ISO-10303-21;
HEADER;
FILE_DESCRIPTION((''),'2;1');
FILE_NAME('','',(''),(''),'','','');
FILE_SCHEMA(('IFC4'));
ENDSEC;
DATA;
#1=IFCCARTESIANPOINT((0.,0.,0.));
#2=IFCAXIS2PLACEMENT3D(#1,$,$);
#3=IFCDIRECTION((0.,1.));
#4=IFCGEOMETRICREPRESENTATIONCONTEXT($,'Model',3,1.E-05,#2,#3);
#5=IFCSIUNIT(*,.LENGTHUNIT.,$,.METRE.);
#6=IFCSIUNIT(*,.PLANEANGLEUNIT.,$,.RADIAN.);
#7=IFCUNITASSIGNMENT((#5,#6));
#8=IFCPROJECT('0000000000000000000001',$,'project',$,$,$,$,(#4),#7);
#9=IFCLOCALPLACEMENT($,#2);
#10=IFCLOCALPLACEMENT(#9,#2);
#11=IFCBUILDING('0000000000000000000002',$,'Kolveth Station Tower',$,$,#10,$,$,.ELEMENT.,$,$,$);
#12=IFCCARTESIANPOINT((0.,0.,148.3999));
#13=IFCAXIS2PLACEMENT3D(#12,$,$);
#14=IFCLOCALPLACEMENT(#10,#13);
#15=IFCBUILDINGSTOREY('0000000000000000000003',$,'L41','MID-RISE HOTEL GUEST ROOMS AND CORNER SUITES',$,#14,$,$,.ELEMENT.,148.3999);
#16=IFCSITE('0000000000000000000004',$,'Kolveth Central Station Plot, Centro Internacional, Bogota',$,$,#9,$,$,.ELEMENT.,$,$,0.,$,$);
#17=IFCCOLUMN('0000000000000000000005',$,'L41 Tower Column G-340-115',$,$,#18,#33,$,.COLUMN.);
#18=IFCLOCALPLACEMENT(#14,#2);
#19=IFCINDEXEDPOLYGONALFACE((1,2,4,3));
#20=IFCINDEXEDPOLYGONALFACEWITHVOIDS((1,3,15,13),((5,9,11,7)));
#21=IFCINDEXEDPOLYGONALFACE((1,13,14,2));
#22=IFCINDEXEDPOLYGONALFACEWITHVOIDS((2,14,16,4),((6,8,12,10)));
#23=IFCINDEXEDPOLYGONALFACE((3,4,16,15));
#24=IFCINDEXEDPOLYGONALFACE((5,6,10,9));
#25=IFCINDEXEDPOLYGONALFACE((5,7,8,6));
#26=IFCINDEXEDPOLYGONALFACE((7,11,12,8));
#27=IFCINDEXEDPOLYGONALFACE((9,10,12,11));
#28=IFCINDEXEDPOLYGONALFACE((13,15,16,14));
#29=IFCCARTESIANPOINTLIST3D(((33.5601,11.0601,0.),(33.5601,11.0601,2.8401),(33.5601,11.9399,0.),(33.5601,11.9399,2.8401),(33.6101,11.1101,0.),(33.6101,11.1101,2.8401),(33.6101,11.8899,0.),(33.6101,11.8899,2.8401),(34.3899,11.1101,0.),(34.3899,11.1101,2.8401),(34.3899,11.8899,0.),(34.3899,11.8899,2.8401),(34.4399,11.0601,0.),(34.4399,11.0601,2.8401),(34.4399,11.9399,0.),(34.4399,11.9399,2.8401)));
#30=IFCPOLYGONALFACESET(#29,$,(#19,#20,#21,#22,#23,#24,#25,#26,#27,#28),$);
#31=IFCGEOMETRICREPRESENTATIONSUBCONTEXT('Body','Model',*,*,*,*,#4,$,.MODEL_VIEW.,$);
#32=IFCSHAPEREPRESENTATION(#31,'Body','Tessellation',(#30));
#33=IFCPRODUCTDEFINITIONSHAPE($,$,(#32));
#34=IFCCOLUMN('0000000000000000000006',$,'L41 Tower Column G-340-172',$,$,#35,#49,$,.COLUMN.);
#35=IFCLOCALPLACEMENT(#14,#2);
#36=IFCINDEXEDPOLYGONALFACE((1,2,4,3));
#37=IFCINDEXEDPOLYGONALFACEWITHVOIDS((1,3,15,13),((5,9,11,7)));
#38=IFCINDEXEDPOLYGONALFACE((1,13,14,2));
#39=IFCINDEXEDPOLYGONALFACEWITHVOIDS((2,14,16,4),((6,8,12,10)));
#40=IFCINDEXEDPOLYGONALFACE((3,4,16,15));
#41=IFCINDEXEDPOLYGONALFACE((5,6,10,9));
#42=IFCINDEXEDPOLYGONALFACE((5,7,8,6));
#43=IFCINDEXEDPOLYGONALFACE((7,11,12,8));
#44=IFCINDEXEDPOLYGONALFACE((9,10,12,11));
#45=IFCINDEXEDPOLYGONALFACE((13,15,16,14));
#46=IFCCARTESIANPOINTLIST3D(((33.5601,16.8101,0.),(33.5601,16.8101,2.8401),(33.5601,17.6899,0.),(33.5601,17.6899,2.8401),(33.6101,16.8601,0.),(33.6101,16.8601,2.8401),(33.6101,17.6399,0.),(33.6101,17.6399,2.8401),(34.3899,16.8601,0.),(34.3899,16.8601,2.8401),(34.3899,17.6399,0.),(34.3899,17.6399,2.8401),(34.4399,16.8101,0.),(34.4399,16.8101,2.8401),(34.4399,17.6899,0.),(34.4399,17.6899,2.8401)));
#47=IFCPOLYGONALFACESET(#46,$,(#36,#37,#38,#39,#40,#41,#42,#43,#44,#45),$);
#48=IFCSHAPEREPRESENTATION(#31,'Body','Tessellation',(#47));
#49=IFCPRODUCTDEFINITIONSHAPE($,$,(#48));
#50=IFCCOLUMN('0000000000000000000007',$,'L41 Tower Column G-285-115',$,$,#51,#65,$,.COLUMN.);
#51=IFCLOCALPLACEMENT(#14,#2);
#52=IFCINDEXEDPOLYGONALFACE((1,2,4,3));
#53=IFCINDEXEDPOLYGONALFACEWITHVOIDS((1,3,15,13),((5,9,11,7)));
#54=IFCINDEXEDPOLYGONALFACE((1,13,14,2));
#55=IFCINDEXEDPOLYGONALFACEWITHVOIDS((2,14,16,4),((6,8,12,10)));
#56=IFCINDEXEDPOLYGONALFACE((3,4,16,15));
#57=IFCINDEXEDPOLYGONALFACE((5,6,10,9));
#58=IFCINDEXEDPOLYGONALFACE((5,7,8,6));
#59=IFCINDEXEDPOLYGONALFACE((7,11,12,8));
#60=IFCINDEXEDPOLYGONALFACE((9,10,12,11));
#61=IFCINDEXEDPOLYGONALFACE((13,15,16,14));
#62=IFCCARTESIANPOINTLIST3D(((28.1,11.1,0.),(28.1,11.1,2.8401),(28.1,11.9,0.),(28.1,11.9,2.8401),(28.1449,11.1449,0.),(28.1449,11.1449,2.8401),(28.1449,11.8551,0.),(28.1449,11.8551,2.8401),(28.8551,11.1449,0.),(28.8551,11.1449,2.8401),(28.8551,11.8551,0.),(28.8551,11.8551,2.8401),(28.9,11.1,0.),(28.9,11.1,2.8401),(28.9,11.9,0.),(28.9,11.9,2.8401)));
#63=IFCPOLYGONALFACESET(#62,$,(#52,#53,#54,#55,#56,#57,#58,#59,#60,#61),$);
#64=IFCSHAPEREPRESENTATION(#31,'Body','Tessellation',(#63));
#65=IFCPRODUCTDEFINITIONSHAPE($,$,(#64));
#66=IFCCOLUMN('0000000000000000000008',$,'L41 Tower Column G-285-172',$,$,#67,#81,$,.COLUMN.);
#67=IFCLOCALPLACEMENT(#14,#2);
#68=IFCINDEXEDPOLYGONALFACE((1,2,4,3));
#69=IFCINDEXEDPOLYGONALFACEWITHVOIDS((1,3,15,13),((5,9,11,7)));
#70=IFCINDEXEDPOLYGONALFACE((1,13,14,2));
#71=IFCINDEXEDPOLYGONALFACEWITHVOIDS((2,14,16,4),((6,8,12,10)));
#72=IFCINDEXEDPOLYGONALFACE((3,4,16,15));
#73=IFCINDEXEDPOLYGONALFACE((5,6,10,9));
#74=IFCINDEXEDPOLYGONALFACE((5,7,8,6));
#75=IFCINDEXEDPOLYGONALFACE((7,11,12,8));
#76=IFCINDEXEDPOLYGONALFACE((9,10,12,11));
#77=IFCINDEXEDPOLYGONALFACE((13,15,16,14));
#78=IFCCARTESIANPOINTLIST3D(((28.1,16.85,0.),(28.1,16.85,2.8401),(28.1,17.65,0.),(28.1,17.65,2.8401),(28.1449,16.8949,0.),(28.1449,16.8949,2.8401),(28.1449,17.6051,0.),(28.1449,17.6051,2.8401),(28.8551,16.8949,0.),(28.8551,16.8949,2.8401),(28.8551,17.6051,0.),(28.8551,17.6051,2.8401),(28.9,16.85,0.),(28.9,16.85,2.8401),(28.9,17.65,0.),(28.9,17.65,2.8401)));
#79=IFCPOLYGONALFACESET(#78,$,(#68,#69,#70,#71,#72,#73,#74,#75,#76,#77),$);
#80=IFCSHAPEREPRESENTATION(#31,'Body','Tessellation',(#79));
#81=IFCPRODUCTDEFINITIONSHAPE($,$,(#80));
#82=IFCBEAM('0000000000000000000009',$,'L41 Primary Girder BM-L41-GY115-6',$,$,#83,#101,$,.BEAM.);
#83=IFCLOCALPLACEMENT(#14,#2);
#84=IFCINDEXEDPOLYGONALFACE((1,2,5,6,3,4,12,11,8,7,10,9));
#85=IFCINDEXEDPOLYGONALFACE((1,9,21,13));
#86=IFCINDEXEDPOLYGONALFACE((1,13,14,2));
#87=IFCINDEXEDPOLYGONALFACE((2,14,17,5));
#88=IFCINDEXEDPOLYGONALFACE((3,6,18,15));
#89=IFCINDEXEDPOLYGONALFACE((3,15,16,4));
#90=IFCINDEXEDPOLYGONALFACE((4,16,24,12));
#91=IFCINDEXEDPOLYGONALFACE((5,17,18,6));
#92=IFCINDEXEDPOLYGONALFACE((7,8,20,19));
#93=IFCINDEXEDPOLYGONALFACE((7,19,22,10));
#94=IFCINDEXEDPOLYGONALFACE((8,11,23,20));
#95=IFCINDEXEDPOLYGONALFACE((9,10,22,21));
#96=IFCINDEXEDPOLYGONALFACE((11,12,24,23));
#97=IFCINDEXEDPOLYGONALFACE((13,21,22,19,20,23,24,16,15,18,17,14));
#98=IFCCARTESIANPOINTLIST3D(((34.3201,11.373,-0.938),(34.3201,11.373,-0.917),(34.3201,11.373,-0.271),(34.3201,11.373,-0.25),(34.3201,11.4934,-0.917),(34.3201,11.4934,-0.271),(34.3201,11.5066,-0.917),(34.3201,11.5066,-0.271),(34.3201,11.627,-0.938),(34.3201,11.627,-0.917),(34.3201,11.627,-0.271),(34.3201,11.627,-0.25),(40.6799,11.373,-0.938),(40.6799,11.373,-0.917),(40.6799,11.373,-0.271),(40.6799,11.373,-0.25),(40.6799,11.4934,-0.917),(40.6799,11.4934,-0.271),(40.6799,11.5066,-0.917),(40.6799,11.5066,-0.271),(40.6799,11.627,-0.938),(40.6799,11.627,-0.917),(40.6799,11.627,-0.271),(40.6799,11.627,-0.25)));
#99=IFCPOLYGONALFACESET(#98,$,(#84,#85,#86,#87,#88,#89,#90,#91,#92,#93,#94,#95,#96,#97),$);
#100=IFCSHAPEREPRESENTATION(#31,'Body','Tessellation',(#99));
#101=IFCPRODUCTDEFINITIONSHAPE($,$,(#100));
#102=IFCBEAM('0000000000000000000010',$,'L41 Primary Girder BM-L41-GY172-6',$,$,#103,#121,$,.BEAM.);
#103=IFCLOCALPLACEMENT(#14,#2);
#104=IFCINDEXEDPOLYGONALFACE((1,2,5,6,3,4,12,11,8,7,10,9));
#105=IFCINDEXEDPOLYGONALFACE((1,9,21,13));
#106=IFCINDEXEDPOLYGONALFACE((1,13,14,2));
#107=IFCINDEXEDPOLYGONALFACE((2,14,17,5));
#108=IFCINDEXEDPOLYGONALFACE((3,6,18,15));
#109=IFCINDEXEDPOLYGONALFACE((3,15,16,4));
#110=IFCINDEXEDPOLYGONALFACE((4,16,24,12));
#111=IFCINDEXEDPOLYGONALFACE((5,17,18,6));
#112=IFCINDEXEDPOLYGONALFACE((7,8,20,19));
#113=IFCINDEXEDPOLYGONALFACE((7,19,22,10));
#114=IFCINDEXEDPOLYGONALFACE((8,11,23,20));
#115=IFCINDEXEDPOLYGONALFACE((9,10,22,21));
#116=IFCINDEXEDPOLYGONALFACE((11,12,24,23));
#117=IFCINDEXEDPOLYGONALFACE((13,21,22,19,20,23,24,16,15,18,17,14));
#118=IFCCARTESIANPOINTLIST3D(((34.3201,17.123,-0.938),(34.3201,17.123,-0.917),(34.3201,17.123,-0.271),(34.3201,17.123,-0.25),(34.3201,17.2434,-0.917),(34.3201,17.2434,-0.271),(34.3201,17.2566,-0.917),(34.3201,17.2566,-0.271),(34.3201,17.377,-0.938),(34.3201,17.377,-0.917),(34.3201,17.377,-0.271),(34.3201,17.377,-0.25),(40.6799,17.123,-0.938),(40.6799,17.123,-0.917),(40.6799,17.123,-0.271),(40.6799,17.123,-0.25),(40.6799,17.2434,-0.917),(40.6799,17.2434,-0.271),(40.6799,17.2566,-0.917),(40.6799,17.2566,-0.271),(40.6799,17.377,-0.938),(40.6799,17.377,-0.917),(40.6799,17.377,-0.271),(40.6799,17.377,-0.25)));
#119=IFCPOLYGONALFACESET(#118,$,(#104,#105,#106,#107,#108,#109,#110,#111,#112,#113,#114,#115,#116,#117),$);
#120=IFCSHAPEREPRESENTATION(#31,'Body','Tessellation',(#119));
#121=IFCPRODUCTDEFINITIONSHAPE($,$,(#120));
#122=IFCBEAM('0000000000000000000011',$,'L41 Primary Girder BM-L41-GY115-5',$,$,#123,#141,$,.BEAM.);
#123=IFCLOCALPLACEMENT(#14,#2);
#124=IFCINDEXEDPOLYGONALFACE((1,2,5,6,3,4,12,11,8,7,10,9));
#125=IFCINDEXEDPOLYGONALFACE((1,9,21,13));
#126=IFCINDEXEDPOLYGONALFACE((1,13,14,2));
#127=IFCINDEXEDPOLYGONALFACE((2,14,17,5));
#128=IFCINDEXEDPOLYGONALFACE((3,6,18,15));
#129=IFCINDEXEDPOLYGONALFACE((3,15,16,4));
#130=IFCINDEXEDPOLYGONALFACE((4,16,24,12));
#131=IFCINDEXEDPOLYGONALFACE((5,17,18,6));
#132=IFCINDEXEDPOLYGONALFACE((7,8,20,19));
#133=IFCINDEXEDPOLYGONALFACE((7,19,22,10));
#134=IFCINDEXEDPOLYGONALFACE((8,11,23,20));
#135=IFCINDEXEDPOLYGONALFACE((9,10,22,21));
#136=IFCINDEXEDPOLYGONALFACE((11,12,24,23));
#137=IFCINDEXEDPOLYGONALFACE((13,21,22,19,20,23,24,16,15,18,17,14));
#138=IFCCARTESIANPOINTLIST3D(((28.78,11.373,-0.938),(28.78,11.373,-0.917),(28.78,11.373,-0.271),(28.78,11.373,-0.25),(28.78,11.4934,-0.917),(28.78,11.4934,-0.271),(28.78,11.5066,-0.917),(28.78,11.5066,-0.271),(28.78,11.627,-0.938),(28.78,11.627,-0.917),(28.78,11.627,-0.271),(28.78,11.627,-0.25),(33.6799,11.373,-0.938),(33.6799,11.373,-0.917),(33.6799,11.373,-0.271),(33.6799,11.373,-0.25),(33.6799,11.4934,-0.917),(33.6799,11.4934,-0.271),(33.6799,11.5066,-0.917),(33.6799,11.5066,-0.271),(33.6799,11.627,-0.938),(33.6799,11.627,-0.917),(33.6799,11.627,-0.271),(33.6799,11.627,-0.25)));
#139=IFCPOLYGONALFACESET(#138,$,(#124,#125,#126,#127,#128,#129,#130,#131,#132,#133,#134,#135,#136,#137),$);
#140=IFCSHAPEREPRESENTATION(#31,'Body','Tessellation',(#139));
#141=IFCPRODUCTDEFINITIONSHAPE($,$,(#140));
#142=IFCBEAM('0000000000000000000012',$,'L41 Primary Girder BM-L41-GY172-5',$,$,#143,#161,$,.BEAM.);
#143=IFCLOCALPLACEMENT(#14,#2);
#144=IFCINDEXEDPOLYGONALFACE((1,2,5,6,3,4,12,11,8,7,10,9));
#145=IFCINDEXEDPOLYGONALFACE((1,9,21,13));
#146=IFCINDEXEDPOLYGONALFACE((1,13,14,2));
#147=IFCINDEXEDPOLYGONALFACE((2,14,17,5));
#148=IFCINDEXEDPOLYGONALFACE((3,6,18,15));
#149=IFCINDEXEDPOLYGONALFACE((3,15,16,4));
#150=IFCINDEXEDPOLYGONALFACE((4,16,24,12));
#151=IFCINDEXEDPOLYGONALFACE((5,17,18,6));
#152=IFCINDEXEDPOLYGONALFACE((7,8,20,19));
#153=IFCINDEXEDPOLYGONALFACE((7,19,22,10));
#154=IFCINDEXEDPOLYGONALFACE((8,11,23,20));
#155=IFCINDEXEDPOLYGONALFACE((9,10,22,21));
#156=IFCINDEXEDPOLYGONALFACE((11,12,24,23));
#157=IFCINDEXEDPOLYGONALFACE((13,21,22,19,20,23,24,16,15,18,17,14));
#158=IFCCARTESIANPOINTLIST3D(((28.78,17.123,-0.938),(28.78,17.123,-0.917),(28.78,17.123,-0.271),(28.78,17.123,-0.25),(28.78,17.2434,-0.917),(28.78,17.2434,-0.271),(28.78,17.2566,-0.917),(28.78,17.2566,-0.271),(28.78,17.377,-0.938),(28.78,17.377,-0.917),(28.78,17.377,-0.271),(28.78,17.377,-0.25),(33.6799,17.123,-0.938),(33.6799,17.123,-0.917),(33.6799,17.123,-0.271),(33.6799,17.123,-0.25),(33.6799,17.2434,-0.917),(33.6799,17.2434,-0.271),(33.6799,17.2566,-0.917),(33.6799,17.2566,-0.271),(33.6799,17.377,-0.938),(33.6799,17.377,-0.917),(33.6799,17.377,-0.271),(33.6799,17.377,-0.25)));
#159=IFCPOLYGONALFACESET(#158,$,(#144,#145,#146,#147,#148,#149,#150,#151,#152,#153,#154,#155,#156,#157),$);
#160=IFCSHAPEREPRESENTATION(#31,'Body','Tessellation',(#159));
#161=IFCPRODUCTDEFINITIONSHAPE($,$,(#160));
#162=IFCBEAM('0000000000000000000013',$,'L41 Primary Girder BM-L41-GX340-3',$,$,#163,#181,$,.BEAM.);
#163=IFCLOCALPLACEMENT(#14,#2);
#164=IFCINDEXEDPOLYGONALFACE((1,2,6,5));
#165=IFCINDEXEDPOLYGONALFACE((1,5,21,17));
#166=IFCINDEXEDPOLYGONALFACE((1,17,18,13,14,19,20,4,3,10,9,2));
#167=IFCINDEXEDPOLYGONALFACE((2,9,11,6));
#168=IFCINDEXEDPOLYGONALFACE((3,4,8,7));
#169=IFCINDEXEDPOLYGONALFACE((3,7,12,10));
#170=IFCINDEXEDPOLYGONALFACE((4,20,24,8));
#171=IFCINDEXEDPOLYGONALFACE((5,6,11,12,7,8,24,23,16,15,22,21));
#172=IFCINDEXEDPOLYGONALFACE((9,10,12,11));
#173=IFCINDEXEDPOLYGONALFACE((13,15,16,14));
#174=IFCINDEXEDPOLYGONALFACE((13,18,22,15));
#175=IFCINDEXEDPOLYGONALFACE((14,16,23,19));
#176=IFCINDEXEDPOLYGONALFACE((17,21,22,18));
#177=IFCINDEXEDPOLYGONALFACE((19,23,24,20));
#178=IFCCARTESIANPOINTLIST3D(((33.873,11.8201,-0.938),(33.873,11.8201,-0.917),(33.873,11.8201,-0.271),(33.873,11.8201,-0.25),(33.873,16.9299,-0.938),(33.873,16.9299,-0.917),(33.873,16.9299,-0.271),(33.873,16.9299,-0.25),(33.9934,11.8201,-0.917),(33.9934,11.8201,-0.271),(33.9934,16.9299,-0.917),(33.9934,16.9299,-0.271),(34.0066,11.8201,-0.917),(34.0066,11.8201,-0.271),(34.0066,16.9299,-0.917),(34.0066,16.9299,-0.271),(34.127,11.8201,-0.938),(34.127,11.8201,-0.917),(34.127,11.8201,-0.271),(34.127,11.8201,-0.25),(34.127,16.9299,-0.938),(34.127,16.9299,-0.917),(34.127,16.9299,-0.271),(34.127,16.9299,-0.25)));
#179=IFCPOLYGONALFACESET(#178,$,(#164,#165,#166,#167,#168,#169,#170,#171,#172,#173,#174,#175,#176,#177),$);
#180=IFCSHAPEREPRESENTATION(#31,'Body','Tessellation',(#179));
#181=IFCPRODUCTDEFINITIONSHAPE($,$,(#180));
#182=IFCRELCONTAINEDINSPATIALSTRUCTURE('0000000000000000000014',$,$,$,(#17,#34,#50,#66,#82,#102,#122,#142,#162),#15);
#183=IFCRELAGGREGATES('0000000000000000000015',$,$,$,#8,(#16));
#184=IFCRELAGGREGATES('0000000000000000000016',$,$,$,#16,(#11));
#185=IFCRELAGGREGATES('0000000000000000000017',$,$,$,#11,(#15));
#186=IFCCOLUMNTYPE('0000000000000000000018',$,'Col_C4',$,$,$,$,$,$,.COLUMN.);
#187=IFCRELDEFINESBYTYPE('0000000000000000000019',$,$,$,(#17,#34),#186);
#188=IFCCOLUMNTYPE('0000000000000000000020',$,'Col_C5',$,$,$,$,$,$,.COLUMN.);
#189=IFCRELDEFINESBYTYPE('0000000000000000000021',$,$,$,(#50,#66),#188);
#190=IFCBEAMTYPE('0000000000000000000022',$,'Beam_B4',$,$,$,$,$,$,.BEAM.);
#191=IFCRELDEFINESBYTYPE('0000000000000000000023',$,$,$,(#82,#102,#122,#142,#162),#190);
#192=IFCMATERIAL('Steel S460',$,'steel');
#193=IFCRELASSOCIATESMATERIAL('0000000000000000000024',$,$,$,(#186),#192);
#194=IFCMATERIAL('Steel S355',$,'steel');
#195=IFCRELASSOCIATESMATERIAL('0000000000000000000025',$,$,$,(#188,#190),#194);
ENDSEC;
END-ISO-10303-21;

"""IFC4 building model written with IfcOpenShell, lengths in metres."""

from ifc_helpers import new_model, si_unit, direction, frame, origin, origin_2d, place, context, subcontext, project, spatial, hollow_rectangle, i_section, extrude, source, transform, mapped, material, material_profile, profile_set, type_object, element, save


model = new_model("IFC4")

# Units and contexts
model_context = context("Model", 3, precision=1e-05, world=origin(), true_north=direction((0.0, 1.0)))
body_context = subcontext(model_context, "Body", "Model", "MODEL_VIEW")
ifc_project = project(units=[si_unit("LENGTHUNIT", "METRE"), si_unit("PLANEANGLEUNIT", "RADIAN")], contexts=[model_context])

# Site, building, storey
site_placement = place(None, origin())
site = spatial("IfcSite", under=ifc_project, at=site_placement, Name="Kolveth Central Station Plot, Centro Internacional, Bogota", CompositionType="ELEMENT", RefElevation=0.0)
building_placement = place(site_placement, origin())
building = spatial("IfcBuilding", under=site, at=building_placement, Name="Kolveth Station Tower", CompositionType="ELEMENT")
storey_placement = place(building_placement, frame((0.0, 0.0, 148.3999)))
storey = spatial("IfcBuildingStorey", under=building, at=storey_placement, Name="L41", Description="MID-RISE HOTEL GUEST ROOMS AND CORNER SUITES", CompositionType="ELEMENT", Elevation=148.3999)

# Columns
ifc_material_1 = material(Name="Steel S460", Category="steel")
ifc_material_profile_1 = material_profile(ifc_material_1, hollow_rectangle(XDim=0.8799, YDim=0.8799, WallThickness=0.05, at=origin_2d()), Name="BOX880x880x50")
ifc_profile_set_1 = profile_set([ifc_material_profile_1], Name="Steel S460")
column_type_1 = type_object("IfcColumnType", Name="Col_C4", PredefinedType="COLUMN", material=ifc_profile_set_1)
shared_shape_1 = source(origin(), body_context, "Body", "SweptSolid", [
    extrude(hollow_rectangle(XDim=0.8799, YDim=0.8799, WallThickness=0.05, at=origin_2d()), origin(), (0.0, 0.0, 1.0), 2.8401),
])
for number, where, z_axis, x_axis, name in (
    (1, (34.0, 11.5, 0.0), (0.0, 0.0, 1.0), (1.0, 0.0, 0.0), "L41 Tower Column G-340-115"),
    (2, (34.0, 17.25, 0.0), (0.0, 0.0, 1.0), (1.0, 0.0, 0.0), "L41 Tower Column G-340-172"),
):
    element("IfcColumn", number, at=place(storey_placement, frame(where, z_axis=z_axis, x_axis=x_axis)), inside=storey, type_object=column_type_1, Name=name, PredefinedType="COLUMN", context=body_context, shape_type="MappedRepresentation", body=[
        mapped(shared_shape_1, transform((0.0, 0.0, 0.0), x_axis=(1.0, 0.0, 0.0), y_axis=(0.0, 1.0, 0.0), z_axis=(0.0, 0.0, 1.0), scale=1.0)),
    ])
ifc_material_2 = material(Name="Steel S355", Category="steel")
ifc_material_profile_2 = material_profile(ifc_material_2, hollow_rectangle(XDim=0.8, YDim=0.8, WallThickness=0.0449, at=origin_2d()), Name="BOX800x800x45")
ifc_profile_set_2 = profile_set([ifc_material_profile_2], Name="Steel S355")
column_type_2 = type_object("IfcColumnType", Name="Col_C5", PredefinedType="COLUMN", material=ifc_profile_set_2)
shared_shape_2 = source(origin(), body_context, "Body", "SweptSolid", [
    extrude(hollow_rectangle(XDim=0.8, YDim=0.8, WallThickness=0.0449, at=origin_2d()), origin(), (0.0, 0.0, 1.0), 2.8401),
])
for number, where, z_axis, x_axis, name in (
    (3, (28.5, 11.5, 0.0), (0.0, 0.0, 1.0), (1.0, 0.0, 0.0), "L41 Tower Column G-285-115"),
    (4, (28.5, 17.25, 0.0), (0.0, 0.0, 1.0), (1.0, 0.0, 0.0), "L41 Tower Column G-285-172"),
):
    element("IfcColumn", number, at=place(storey_placement, frame(where, z_axis=z_axis, x_axis=x_axis)), inside=storey, type_object=column_type_2, Name=name, PredefinedType="COLUMN", context=body_context, shape_type="MappedRepresentation", body=[
        mapped(shared_shape_2, transform((0.0, 0.0, 0.0), x_axis=(1.0, 0.0, 0.0), y_axis=(0.0, 1.0, 0.0), z_axis=(0.0, 0.0, 1.0), scale=1.0)),
    ])

# Beams
ifc_material_profile_3 = material_profile(ifc_material_2, i_section(OverallWidth=0.2539, OverallDepth=0.688, WebThickness=0.0132, FlangeThickness=0.021, at=origin_2d()), Name="W690x152")
ifc_profile_set_3 = profile_set([ifc_material_profile_3], Name="Steel S355")
beam_type_1 = type_object("IfcBeamType", Name="Beam_B4", PredefinedType="BEAM", material=ifc_profile_set_3)
shared_shape_3 = source(origin(), body_context, "Body", "SweptSolid", [
    extrude(i_section(OverallWidth=0.2539, OverallDepth=0.688, WebThickness=0.0132, FlangeThickness=0.021, at=origin_2d()), origin(), (0.0, 0.0, 1.0), 6.3599),
])
for number, where, z_axis, x_axis, name in (
    (5, (34.3201, 11.5, -0.594), (1.0, 0.0, 0.0), (0.0, 1.0, 0.0), "L41 Primary Girder BM-L41-GY115-6"),
    (6, (34.3201, 17.25, -0.594), (1.0, 0.0, 0.0), (0.0, 1.0, 0.0), "L41 Primary Girder BM-L41-GY172-6"),
):
    element("IfcBeam", number, at=place(storey_placement, frame(where, z_axis=z_axis, x_axis=x_axis)), inside=storey, type_object=beam_type_1, Name=name, PredefinedType="BEAM", context=body_context, shape_type="MappedRepresentation", body=[
        mapped(shared_shape_3, transform((0.0, 0.0, 0.0), x_axis=(1.0, 0.0, 0.0), y_axis=(0.0, 1.0, 0.0), z_axis=(0.0, 0.0, 1.0), scale=1.0)),
    ])
shared_shape_4 = source(origin(), body_context, "Body", "SweptSolid", [
    extrude(i_section(OverallWidth=0.2539, OverallDepth=0.688, WebThickness=0.0132, FlangeThickness=0.021, at=origin_2d()), origin(), (0.0, 0.0, 1.0), 4.8999),
])
for number, where, z_axis, x_axis, name in (
    (7, (28.78, 11.5, -0.594), (1.0, 0.0, 0.0), (0.0, 1.0, 0.0), "L41 Primary Girder BM-L41-GY115-5"),
    (8, (28.78, 17.25, -0.594), (1.0, 0.0, 0.0), (0.0, 1.0, 0.0), "L41 Primary Girder BM-L41-GY172-5"),
):
    element("IfcBeam", number, at=place(storey_placement, frame(where, z_axis=z_axis, x_axis=x_axis)), inside=storey, type_object=beam_type_1, Name=name, PredefinedType="BEAM", context=body_context, shape_type="MappedRepresentation", body=[
        mapped(shared_shape_4, transform((0.0, 0.0, 0.0), x_axis=(1.0, 0.0, 0.0), y_axis=(0.0, 1.0, 0.0), z_axis=(0.0, 0.0, 1.0), scale=1.0)),
    ])
shared_shape_5 = source(origin(), body_context, "Body", "SweptSolid", [
    extrude(i_section(OverallWidth=0.2539, OverallDepth=0.688, WebThickness=0.0132, FlangeThickness=0.021, at=origin_2d()), origin(), (0.0, 0.0, 1.0), 5.1099),
])
beam_placement = place(storey_placement, frame((34.0, 11.8201, -0.594), z_axis=(0.0, 1.0, 0.0), x_axis=(-1.0, 0.0, 0.0)))
element("IfcBeam", 9, at=beam_placement, inside=storey, type_object=beam_type_1, Name="L41 Primary Girder BM-L41-GX340-3", PredefinedType="BEAM", context=body_context, shape_type="MappedRepresentation", body=[
    mapped(shared_shape_5, transform((0.0, 0.0, 0.0), x_axis=(1.0, 0.0, 0.0), y_axis=(0.0, 1.0, 0.0), z_axis=(0.0, 0.0, 1.0), scale=1.0)),
])

save(model, "model.ifc")
